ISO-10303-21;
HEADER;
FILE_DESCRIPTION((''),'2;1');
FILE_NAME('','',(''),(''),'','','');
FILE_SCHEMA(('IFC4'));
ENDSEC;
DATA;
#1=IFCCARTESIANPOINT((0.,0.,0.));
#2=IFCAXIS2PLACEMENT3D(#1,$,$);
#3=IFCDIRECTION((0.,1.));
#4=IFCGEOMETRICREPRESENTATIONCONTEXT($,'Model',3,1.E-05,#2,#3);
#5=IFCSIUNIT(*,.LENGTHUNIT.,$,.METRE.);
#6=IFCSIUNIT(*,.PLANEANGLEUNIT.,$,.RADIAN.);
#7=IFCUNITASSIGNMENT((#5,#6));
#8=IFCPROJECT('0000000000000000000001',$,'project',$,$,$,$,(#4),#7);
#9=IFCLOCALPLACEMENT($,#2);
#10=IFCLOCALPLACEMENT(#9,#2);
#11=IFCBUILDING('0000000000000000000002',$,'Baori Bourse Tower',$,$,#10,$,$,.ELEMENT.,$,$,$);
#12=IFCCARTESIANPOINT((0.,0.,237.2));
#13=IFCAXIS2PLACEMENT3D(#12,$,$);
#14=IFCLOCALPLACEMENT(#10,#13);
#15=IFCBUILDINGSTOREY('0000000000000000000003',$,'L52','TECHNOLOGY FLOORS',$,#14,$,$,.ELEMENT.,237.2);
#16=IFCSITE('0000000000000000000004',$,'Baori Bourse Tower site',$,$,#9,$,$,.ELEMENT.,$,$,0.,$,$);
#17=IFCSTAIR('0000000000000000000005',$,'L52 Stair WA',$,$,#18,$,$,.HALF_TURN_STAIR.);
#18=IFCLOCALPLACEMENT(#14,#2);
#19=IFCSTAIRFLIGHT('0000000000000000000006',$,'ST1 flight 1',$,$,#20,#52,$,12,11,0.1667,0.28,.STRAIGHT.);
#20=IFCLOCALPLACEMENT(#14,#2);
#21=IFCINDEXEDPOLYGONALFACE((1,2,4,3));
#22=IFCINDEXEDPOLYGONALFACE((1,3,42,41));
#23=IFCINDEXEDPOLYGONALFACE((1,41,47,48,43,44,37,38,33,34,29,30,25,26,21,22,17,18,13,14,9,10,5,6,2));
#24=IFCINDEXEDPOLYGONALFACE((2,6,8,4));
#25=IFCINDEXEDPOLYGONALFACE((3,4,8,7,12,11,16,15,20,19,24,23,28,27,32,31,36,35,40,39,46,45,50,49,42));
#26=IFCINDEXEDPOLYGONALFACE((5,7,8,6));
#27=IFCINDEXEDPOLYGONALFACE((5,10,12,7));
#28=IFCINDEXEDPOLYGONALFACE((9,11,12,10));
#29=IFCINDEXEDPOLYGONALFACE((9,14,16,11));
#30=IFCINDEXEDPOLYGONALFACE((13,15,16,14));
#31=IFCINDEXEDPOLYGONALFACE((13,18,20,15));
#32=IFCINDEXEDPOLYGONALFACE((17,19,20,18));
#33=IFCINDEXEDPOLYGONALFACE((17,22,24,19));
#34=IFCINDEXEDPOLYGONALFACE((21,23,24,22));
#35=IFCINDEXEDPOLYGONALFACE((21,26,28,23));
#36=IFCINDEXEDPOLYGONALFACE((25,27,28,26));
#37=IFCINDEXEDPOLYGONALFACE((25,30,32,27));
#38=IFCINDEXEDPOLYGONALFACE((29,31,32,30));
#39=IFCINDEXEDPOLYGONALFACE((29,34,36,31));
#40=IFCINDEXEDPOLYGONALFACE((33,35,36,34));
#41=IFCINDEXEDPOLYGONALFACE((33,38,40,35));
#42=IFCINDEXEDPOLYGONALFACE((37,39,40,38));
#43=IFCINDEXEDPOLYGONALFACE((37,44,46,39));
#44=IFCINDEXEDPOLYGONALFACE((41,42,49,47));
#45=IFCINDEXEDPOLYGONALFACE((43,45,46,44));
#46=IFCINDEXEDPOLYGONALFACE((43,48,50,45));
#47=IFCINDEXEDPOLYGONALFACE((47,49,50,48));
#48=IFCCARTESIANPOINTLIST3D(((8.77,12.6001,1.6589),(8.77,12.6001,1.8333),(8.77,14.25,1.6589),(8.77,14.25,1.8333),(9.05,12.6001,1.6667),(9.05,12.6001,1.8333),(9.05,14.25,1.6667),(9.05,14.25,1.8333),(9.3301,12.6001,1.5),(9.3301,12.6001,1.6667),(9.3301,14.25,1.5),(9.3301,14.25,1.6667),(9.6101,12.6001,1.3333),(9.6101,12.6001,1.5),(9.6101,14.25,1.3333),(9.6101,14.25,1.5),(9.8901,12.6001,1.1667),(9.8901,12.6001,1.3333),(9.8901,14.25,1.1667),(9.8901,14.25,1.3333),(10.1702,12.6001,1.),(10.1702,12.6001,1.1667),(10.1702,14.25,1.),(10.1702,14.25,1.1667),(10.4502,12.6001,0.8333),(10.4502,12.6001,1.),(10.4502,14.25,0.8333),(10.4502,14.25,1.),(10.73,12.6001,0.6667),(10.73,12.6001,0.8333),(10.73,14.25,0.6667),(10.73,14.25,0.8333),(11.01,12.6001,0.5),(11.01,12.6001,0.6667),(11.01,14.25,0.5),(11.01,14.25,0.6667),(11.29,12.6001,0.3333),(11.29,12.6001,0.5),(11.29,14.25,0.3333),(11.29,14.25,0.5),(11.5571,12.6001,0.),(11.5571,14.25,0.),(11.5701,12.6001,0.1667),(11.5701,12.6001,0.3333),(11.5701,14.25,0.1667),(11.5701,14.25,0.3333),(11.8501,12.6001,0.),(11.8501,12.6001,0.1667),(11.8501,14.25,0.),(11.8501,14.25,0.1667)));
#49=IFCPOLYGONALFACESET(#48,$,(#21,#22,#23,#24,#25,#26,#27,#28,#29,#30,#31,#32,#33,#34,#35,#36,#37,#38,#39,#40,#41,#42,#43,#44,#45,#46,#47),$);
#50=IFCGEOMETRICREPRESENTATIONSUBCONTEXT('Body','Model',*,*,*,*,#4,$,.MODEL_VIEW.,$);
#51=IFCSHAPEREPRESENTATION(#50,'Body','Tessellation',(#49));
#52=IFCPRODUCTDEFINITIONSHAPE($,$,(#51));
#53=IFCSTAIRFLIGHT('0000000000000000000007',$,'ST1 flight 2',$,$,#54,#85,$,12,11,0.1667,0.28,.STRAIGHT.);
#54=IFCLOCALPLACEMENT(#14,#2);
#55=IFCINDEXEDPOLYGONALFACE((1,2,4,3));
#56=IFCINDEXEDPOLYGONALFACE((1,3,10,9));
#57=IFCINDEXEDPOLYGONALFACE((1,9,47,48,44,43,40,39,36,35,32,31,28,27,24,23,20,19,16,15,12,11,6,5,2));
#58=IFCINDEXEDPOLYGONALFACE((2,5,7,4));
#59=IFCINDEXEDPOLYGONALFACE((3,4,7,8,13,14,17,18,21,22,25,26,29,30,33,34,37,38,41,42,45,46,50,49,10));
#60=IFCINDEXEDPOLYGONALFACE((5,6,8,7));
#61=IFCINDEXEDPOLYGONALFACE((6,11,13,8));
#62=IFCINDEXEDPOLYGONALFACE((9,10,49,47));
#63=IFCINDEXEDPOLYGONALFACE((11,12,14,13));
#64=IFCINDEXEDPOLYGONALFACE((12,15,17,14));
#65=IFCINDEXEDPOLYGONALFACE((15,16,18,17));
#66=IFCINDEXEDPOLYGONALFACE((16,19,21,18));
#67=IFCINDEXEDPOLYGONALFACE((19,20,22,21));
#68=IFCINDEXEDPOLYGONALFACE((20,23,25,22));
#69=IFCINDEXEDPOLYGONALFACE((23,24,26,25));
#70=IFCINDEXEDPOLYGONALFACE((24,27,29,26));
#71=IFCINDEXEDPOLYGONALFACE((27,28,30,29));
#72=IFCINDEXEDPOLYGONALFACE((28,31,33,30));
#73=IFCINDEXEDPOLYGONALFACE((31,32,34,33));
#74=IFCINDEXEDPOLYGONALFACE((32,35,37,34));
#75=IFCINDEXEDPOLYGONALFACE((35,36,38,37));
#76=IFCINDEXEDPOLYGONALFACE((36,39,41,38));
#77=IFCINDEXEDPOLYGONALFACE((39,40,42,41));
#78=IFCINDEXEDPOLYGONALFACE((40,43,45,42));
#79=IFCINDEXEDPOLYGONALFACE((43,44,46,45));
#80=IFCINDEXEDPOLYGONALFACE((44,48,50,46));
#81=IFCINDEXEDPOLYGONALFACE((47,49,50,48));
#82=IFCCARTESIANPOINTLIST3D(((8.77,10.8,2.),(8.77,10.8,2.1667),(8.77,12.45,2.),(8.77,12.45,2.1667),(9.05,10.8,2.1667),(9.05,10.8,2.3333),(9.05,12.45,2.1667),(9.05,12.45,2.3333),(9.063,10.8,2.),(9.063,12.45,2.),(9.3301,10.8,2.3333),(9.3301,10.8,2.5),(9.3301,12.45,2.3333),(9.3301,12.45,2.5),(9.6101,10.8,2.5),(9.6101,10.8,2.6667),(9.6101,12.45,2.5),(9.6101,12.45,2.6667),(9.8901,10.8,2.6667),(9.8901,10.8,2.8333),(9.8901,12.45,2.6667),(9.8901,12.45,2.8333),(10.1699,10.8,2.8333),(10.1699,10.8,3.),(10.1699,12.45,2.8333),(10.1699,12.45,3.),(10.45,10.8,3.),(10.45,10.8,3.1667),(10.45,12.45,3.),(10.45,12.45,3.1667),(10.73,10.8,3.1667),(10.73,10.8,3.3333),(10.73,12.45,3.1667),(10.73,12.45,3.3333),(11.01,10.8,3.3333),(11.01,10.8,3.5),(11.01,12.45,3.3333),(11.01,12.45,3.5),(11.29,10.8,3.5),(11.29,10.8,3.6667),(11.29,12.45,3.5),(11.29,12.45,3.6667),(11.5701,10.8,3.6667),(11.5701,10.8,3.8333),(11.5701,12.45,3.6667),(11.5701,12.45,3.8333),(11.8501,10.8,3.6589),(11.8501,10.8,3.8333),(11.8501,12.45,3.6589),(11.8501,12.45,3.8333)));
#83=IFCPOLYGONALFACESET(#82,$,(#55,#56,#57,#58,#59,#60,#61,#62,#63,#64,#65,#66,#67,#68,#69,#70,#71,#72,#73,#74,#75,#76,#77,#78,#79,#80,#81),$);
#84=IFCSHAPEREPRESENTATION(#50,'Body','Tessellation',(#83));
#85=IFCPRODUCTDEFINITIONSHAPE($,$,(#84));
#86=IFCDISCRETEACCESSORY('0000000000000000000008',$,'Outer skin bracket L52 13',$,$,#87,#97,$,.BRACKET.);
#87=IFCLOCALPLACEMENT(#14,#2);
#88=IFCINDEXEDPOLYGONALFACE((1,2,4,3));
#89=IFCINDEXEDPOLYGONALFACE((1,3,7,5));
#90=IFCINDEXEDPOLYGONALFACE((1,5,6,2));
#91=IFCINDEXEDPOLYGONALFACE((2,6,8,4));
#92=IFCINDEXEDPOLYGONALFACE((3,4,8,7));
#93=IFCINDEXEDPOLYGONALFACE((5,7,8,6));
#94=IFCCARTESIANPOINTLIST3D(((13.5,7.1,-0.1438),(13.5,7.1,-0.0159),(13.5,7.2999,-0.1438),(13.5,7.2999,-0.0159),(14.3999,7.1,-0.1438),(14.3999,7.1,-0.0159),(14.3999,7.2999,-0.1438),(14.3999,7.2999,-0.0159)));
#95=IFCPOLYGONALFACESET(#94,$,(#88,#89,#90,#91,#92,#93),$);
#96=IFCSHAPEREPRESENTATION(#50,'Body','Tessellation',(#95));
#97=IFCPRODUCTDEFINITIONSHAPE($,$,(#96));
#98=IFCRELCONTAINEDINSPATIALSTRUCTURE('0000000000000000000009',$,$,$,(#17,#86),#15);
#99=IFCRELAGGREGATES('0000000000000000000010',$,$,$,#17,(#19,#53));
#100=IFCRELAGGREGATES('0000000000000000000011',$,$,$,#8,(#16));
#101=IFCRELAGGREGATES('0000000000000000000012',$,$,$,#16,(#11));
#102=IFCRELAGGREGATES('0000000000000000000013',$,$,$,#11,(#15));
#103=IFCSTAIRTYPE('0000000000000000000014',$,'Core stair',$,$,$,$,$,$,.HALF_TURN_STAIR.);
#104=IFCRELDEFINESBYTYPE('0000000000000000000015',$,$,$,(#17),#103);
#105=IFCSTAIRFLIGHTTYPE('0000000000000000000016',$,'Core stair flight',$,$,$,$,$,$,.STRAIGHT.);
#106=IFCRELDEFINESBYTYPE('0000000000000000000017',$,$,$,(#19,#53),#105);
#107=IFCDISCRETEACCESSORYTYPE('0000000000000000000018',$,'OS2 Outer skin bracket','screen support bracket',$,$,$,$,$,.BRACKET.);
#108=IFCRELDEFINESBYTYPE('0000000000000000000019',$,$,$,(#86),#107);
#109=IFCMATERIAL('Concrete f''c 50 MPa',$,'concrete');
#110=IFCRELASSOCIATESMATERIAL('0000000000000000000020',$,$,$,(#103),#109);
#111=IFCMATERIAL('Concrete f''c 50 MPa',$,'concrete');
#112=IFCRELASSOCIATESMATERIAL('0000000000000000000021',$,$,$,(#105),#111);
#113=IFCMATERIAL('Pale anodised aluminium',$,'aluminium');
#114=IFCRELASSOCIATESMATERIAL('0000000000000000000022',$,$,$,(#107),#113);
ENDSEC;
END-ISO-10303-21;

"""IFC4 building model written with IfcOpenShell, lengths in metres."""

from ifc_helpers import new_model, si_unit, direction, frame, origin, origin_2d, place, context, subcontext, project, spatial, polyline, rectangle, outline, extrude, material, type_object, element, aggregate, save


model = new_model("IFC4")

# Units and contexts
model_context = context("Model", 3, precision=1e-05, world=origin(), true_north=direction((0.0, 1.0)))
body_context = subcontext(model_context, "Body", "Model", "MODEL_VIEW")
ifc_project = project(units=[si_unit("LENGTHUNIT", "METRE"), si_unit("PLANEANGLEUNIT", "RADIAN")], contexts=[model_context])

# Site, building, storey
site_placement = place(None, origin())
site = spatial("IfcSite", under=ifc_project, at=site_placement, Name="Baori Bourse Tower site", CompositionType="ELEMENT", RefElevation=0.0)
building_placement = place(site_placement, origin())
building = spatial("IfcBuilding", under=site, at=building_placement, Name="Baori Bourse Tower", CompositionType="ELEMENT")
storey_placement = place(building_placement, frame((0.0, 0.0, 237.2)))
storey = spatial("IfcBuildingStorey", under=building, at=storey_placement, Name="L52", Description="TECHNOLOGY FLOORS", CompositionType="ELEMENT", Elevation=237.2)

# Stair, stair flights
ifc_material_1 = material(Name="Concrete f'c 50 MPa", Category="concrete")
stair_type = type_object("IfcStairType", Name="Core stair", PredefinedType="HALF_TURN_STAIR", material=ifc_material_1)
stair_placement = place(storey_placement, origin())
stair = element("IfcStair", 1, at=stair_placement, inside=storey, type_object=stair_type, Name="L52 Stair WA", PredefinedType="HALF_TURN_STAIR")
ifc_material_2 = material(Name="Concrete f'c 50 MPa", Category="concrete")
stair_flight_type = type_object("IfcStairFlightType", Name="Core stair flight", PredefinedType="STRAIGHT", material=ifc_material_2)
stair_flight_1_placement = place(storey_placement, frame((11.8501, 13.425, 0.0), z_axis=(0.0, 0.0, 1.0), x_axis=(-1.0, 0.0, 0.0)))
stair_flight_1 = element("IfcStairFlight", 2, at=stair_flight_1_placement, type_object=stair_flight_type, Name="ST1 flight 1", NumberOfRisers=12, NumberOfTreads=11, PredefinedType="STRAIGHT", RiserHeight=0.1667, TreadLength=0.28, context=body_context, shape_type="SweptSolid", body=[
    extrude(outline(polyline([(0.0, 0.0), (0.0, 0.1667), (0.28, 0.1667), (0.28, 0.3333), (0.5601, 0.3333), (0.5601, 0.5), (0.8401, 0.5), (0.8401, 0.6667), (1.1201, 0.6667), (1.1201, 0.8333), (1.3999, 0.8333), (1.3999, 1.0), (1.6799, 1.0), (1.6799, 1.1667), (1.96, 1.1667), (1.96, 1.3333), (2.24, 1.3333), (2.24, 1.5), (2.52, 1.5), (2.52, 1.6667), (2.8, 1.6667), (2.8, 1.8333), (3.0801, 1.8333), (3.0801, 2.0), (3.0801, 1.6589), (0.293, 0.0), (0.0, 0.0)])), frame((0.0, 0.825, 0.0), z_axis=(0.0, -1.0, 0.0), x_axis=(1.0, 0.0, 0.0)), (0.0, 0.0, 1.0), 1.6499),
])
stair_flight_2_placement = place(storey_placement, frame((8.77, 11.625, 2.0), z_axis=(0.0, 0.0, 1.0), x_axis=(1.0, 0.0, 0.0)))
stair_flight_2 = element("IfcStairFlight", 3, at=stair_flight_2_placement, type_object=stair_flight_type, Name="ST1 flight 2", NumberOfRisers=12, NumberOfTreads=11, PredefinedType="STRAIGHT", RiserHeight=0.1667, TreadLength=0.28, context=body_context, shape_type="SweptSolid", body=[
    extrude(outline(polyline([(0.0, 0.0), (0.0, 0.1667), (0.28, 0.1667), (0.28, 0.3333), (0.5601, 0.3333), (0.5601, 0.5), (0.8401, 0.5), (0.8401, 0.6667), (1.1201, 0.6667), (1.1201, 0.8333), (1.3999, 0.8333), (1.3999, 1.0), (1.6799, 1.0), (1.6799, 1.1667), (1.96, 1.1667), (1.96, 1.3333), (2.24, 1.3333), (2.24, 1.5), (2.52, 1.5), (2.52, 1.6667), (2.8, 1.6667), (2.8, 1.8333), (3.0801, 1.8333), (3.0801, 2.0), (3.0801, 1.6589), (0.293, 0.0), (0.0, 0.0)])), frame((0.0, 0.825, 0.0), z_axis=(0.0, -1.0, 0.0), x_axis=(1.0, 0.0, 0.0)), (0.0, 0.0, 1.0), 1.6499),
])
aggregate(stair, [stair_flight_1, stair_flight_2])

# Discrete accessory
ifc_material_3 = material(Name="Pale anodised aluminium", Category="aluminium")
discrete_accessory_type = type_object("IfcDiscreteAccessoryType", Name="OS2 Outer skin bracket", Description="screen support bracket", PredefinedType="BRACKET", material=ifc_material_3)
discrete_accessory_placement = place(storey_placement, frame((13.95, 7.2, -0.1438), z_axis=(0.0, 0.0, 1.0), x_axis=(0.0, -1.0, 0.0)))
element("IfcDiscreteAccessory", 4, at=discrete_accessory_placement, inside=storey, type_object=discrete_accessory_type, Name="Outer skin bracket L52 13", PredefinedType="BRACKET", context=body_context, shape_type="SweptSolid", body=[
    extrude(rectangle(XDim=0.2, YDim=0.8999, at=origin_2d()), origin(), (0.0, 0.0, 1.0), 0.1279),
])

save(model, "model.ifc")
